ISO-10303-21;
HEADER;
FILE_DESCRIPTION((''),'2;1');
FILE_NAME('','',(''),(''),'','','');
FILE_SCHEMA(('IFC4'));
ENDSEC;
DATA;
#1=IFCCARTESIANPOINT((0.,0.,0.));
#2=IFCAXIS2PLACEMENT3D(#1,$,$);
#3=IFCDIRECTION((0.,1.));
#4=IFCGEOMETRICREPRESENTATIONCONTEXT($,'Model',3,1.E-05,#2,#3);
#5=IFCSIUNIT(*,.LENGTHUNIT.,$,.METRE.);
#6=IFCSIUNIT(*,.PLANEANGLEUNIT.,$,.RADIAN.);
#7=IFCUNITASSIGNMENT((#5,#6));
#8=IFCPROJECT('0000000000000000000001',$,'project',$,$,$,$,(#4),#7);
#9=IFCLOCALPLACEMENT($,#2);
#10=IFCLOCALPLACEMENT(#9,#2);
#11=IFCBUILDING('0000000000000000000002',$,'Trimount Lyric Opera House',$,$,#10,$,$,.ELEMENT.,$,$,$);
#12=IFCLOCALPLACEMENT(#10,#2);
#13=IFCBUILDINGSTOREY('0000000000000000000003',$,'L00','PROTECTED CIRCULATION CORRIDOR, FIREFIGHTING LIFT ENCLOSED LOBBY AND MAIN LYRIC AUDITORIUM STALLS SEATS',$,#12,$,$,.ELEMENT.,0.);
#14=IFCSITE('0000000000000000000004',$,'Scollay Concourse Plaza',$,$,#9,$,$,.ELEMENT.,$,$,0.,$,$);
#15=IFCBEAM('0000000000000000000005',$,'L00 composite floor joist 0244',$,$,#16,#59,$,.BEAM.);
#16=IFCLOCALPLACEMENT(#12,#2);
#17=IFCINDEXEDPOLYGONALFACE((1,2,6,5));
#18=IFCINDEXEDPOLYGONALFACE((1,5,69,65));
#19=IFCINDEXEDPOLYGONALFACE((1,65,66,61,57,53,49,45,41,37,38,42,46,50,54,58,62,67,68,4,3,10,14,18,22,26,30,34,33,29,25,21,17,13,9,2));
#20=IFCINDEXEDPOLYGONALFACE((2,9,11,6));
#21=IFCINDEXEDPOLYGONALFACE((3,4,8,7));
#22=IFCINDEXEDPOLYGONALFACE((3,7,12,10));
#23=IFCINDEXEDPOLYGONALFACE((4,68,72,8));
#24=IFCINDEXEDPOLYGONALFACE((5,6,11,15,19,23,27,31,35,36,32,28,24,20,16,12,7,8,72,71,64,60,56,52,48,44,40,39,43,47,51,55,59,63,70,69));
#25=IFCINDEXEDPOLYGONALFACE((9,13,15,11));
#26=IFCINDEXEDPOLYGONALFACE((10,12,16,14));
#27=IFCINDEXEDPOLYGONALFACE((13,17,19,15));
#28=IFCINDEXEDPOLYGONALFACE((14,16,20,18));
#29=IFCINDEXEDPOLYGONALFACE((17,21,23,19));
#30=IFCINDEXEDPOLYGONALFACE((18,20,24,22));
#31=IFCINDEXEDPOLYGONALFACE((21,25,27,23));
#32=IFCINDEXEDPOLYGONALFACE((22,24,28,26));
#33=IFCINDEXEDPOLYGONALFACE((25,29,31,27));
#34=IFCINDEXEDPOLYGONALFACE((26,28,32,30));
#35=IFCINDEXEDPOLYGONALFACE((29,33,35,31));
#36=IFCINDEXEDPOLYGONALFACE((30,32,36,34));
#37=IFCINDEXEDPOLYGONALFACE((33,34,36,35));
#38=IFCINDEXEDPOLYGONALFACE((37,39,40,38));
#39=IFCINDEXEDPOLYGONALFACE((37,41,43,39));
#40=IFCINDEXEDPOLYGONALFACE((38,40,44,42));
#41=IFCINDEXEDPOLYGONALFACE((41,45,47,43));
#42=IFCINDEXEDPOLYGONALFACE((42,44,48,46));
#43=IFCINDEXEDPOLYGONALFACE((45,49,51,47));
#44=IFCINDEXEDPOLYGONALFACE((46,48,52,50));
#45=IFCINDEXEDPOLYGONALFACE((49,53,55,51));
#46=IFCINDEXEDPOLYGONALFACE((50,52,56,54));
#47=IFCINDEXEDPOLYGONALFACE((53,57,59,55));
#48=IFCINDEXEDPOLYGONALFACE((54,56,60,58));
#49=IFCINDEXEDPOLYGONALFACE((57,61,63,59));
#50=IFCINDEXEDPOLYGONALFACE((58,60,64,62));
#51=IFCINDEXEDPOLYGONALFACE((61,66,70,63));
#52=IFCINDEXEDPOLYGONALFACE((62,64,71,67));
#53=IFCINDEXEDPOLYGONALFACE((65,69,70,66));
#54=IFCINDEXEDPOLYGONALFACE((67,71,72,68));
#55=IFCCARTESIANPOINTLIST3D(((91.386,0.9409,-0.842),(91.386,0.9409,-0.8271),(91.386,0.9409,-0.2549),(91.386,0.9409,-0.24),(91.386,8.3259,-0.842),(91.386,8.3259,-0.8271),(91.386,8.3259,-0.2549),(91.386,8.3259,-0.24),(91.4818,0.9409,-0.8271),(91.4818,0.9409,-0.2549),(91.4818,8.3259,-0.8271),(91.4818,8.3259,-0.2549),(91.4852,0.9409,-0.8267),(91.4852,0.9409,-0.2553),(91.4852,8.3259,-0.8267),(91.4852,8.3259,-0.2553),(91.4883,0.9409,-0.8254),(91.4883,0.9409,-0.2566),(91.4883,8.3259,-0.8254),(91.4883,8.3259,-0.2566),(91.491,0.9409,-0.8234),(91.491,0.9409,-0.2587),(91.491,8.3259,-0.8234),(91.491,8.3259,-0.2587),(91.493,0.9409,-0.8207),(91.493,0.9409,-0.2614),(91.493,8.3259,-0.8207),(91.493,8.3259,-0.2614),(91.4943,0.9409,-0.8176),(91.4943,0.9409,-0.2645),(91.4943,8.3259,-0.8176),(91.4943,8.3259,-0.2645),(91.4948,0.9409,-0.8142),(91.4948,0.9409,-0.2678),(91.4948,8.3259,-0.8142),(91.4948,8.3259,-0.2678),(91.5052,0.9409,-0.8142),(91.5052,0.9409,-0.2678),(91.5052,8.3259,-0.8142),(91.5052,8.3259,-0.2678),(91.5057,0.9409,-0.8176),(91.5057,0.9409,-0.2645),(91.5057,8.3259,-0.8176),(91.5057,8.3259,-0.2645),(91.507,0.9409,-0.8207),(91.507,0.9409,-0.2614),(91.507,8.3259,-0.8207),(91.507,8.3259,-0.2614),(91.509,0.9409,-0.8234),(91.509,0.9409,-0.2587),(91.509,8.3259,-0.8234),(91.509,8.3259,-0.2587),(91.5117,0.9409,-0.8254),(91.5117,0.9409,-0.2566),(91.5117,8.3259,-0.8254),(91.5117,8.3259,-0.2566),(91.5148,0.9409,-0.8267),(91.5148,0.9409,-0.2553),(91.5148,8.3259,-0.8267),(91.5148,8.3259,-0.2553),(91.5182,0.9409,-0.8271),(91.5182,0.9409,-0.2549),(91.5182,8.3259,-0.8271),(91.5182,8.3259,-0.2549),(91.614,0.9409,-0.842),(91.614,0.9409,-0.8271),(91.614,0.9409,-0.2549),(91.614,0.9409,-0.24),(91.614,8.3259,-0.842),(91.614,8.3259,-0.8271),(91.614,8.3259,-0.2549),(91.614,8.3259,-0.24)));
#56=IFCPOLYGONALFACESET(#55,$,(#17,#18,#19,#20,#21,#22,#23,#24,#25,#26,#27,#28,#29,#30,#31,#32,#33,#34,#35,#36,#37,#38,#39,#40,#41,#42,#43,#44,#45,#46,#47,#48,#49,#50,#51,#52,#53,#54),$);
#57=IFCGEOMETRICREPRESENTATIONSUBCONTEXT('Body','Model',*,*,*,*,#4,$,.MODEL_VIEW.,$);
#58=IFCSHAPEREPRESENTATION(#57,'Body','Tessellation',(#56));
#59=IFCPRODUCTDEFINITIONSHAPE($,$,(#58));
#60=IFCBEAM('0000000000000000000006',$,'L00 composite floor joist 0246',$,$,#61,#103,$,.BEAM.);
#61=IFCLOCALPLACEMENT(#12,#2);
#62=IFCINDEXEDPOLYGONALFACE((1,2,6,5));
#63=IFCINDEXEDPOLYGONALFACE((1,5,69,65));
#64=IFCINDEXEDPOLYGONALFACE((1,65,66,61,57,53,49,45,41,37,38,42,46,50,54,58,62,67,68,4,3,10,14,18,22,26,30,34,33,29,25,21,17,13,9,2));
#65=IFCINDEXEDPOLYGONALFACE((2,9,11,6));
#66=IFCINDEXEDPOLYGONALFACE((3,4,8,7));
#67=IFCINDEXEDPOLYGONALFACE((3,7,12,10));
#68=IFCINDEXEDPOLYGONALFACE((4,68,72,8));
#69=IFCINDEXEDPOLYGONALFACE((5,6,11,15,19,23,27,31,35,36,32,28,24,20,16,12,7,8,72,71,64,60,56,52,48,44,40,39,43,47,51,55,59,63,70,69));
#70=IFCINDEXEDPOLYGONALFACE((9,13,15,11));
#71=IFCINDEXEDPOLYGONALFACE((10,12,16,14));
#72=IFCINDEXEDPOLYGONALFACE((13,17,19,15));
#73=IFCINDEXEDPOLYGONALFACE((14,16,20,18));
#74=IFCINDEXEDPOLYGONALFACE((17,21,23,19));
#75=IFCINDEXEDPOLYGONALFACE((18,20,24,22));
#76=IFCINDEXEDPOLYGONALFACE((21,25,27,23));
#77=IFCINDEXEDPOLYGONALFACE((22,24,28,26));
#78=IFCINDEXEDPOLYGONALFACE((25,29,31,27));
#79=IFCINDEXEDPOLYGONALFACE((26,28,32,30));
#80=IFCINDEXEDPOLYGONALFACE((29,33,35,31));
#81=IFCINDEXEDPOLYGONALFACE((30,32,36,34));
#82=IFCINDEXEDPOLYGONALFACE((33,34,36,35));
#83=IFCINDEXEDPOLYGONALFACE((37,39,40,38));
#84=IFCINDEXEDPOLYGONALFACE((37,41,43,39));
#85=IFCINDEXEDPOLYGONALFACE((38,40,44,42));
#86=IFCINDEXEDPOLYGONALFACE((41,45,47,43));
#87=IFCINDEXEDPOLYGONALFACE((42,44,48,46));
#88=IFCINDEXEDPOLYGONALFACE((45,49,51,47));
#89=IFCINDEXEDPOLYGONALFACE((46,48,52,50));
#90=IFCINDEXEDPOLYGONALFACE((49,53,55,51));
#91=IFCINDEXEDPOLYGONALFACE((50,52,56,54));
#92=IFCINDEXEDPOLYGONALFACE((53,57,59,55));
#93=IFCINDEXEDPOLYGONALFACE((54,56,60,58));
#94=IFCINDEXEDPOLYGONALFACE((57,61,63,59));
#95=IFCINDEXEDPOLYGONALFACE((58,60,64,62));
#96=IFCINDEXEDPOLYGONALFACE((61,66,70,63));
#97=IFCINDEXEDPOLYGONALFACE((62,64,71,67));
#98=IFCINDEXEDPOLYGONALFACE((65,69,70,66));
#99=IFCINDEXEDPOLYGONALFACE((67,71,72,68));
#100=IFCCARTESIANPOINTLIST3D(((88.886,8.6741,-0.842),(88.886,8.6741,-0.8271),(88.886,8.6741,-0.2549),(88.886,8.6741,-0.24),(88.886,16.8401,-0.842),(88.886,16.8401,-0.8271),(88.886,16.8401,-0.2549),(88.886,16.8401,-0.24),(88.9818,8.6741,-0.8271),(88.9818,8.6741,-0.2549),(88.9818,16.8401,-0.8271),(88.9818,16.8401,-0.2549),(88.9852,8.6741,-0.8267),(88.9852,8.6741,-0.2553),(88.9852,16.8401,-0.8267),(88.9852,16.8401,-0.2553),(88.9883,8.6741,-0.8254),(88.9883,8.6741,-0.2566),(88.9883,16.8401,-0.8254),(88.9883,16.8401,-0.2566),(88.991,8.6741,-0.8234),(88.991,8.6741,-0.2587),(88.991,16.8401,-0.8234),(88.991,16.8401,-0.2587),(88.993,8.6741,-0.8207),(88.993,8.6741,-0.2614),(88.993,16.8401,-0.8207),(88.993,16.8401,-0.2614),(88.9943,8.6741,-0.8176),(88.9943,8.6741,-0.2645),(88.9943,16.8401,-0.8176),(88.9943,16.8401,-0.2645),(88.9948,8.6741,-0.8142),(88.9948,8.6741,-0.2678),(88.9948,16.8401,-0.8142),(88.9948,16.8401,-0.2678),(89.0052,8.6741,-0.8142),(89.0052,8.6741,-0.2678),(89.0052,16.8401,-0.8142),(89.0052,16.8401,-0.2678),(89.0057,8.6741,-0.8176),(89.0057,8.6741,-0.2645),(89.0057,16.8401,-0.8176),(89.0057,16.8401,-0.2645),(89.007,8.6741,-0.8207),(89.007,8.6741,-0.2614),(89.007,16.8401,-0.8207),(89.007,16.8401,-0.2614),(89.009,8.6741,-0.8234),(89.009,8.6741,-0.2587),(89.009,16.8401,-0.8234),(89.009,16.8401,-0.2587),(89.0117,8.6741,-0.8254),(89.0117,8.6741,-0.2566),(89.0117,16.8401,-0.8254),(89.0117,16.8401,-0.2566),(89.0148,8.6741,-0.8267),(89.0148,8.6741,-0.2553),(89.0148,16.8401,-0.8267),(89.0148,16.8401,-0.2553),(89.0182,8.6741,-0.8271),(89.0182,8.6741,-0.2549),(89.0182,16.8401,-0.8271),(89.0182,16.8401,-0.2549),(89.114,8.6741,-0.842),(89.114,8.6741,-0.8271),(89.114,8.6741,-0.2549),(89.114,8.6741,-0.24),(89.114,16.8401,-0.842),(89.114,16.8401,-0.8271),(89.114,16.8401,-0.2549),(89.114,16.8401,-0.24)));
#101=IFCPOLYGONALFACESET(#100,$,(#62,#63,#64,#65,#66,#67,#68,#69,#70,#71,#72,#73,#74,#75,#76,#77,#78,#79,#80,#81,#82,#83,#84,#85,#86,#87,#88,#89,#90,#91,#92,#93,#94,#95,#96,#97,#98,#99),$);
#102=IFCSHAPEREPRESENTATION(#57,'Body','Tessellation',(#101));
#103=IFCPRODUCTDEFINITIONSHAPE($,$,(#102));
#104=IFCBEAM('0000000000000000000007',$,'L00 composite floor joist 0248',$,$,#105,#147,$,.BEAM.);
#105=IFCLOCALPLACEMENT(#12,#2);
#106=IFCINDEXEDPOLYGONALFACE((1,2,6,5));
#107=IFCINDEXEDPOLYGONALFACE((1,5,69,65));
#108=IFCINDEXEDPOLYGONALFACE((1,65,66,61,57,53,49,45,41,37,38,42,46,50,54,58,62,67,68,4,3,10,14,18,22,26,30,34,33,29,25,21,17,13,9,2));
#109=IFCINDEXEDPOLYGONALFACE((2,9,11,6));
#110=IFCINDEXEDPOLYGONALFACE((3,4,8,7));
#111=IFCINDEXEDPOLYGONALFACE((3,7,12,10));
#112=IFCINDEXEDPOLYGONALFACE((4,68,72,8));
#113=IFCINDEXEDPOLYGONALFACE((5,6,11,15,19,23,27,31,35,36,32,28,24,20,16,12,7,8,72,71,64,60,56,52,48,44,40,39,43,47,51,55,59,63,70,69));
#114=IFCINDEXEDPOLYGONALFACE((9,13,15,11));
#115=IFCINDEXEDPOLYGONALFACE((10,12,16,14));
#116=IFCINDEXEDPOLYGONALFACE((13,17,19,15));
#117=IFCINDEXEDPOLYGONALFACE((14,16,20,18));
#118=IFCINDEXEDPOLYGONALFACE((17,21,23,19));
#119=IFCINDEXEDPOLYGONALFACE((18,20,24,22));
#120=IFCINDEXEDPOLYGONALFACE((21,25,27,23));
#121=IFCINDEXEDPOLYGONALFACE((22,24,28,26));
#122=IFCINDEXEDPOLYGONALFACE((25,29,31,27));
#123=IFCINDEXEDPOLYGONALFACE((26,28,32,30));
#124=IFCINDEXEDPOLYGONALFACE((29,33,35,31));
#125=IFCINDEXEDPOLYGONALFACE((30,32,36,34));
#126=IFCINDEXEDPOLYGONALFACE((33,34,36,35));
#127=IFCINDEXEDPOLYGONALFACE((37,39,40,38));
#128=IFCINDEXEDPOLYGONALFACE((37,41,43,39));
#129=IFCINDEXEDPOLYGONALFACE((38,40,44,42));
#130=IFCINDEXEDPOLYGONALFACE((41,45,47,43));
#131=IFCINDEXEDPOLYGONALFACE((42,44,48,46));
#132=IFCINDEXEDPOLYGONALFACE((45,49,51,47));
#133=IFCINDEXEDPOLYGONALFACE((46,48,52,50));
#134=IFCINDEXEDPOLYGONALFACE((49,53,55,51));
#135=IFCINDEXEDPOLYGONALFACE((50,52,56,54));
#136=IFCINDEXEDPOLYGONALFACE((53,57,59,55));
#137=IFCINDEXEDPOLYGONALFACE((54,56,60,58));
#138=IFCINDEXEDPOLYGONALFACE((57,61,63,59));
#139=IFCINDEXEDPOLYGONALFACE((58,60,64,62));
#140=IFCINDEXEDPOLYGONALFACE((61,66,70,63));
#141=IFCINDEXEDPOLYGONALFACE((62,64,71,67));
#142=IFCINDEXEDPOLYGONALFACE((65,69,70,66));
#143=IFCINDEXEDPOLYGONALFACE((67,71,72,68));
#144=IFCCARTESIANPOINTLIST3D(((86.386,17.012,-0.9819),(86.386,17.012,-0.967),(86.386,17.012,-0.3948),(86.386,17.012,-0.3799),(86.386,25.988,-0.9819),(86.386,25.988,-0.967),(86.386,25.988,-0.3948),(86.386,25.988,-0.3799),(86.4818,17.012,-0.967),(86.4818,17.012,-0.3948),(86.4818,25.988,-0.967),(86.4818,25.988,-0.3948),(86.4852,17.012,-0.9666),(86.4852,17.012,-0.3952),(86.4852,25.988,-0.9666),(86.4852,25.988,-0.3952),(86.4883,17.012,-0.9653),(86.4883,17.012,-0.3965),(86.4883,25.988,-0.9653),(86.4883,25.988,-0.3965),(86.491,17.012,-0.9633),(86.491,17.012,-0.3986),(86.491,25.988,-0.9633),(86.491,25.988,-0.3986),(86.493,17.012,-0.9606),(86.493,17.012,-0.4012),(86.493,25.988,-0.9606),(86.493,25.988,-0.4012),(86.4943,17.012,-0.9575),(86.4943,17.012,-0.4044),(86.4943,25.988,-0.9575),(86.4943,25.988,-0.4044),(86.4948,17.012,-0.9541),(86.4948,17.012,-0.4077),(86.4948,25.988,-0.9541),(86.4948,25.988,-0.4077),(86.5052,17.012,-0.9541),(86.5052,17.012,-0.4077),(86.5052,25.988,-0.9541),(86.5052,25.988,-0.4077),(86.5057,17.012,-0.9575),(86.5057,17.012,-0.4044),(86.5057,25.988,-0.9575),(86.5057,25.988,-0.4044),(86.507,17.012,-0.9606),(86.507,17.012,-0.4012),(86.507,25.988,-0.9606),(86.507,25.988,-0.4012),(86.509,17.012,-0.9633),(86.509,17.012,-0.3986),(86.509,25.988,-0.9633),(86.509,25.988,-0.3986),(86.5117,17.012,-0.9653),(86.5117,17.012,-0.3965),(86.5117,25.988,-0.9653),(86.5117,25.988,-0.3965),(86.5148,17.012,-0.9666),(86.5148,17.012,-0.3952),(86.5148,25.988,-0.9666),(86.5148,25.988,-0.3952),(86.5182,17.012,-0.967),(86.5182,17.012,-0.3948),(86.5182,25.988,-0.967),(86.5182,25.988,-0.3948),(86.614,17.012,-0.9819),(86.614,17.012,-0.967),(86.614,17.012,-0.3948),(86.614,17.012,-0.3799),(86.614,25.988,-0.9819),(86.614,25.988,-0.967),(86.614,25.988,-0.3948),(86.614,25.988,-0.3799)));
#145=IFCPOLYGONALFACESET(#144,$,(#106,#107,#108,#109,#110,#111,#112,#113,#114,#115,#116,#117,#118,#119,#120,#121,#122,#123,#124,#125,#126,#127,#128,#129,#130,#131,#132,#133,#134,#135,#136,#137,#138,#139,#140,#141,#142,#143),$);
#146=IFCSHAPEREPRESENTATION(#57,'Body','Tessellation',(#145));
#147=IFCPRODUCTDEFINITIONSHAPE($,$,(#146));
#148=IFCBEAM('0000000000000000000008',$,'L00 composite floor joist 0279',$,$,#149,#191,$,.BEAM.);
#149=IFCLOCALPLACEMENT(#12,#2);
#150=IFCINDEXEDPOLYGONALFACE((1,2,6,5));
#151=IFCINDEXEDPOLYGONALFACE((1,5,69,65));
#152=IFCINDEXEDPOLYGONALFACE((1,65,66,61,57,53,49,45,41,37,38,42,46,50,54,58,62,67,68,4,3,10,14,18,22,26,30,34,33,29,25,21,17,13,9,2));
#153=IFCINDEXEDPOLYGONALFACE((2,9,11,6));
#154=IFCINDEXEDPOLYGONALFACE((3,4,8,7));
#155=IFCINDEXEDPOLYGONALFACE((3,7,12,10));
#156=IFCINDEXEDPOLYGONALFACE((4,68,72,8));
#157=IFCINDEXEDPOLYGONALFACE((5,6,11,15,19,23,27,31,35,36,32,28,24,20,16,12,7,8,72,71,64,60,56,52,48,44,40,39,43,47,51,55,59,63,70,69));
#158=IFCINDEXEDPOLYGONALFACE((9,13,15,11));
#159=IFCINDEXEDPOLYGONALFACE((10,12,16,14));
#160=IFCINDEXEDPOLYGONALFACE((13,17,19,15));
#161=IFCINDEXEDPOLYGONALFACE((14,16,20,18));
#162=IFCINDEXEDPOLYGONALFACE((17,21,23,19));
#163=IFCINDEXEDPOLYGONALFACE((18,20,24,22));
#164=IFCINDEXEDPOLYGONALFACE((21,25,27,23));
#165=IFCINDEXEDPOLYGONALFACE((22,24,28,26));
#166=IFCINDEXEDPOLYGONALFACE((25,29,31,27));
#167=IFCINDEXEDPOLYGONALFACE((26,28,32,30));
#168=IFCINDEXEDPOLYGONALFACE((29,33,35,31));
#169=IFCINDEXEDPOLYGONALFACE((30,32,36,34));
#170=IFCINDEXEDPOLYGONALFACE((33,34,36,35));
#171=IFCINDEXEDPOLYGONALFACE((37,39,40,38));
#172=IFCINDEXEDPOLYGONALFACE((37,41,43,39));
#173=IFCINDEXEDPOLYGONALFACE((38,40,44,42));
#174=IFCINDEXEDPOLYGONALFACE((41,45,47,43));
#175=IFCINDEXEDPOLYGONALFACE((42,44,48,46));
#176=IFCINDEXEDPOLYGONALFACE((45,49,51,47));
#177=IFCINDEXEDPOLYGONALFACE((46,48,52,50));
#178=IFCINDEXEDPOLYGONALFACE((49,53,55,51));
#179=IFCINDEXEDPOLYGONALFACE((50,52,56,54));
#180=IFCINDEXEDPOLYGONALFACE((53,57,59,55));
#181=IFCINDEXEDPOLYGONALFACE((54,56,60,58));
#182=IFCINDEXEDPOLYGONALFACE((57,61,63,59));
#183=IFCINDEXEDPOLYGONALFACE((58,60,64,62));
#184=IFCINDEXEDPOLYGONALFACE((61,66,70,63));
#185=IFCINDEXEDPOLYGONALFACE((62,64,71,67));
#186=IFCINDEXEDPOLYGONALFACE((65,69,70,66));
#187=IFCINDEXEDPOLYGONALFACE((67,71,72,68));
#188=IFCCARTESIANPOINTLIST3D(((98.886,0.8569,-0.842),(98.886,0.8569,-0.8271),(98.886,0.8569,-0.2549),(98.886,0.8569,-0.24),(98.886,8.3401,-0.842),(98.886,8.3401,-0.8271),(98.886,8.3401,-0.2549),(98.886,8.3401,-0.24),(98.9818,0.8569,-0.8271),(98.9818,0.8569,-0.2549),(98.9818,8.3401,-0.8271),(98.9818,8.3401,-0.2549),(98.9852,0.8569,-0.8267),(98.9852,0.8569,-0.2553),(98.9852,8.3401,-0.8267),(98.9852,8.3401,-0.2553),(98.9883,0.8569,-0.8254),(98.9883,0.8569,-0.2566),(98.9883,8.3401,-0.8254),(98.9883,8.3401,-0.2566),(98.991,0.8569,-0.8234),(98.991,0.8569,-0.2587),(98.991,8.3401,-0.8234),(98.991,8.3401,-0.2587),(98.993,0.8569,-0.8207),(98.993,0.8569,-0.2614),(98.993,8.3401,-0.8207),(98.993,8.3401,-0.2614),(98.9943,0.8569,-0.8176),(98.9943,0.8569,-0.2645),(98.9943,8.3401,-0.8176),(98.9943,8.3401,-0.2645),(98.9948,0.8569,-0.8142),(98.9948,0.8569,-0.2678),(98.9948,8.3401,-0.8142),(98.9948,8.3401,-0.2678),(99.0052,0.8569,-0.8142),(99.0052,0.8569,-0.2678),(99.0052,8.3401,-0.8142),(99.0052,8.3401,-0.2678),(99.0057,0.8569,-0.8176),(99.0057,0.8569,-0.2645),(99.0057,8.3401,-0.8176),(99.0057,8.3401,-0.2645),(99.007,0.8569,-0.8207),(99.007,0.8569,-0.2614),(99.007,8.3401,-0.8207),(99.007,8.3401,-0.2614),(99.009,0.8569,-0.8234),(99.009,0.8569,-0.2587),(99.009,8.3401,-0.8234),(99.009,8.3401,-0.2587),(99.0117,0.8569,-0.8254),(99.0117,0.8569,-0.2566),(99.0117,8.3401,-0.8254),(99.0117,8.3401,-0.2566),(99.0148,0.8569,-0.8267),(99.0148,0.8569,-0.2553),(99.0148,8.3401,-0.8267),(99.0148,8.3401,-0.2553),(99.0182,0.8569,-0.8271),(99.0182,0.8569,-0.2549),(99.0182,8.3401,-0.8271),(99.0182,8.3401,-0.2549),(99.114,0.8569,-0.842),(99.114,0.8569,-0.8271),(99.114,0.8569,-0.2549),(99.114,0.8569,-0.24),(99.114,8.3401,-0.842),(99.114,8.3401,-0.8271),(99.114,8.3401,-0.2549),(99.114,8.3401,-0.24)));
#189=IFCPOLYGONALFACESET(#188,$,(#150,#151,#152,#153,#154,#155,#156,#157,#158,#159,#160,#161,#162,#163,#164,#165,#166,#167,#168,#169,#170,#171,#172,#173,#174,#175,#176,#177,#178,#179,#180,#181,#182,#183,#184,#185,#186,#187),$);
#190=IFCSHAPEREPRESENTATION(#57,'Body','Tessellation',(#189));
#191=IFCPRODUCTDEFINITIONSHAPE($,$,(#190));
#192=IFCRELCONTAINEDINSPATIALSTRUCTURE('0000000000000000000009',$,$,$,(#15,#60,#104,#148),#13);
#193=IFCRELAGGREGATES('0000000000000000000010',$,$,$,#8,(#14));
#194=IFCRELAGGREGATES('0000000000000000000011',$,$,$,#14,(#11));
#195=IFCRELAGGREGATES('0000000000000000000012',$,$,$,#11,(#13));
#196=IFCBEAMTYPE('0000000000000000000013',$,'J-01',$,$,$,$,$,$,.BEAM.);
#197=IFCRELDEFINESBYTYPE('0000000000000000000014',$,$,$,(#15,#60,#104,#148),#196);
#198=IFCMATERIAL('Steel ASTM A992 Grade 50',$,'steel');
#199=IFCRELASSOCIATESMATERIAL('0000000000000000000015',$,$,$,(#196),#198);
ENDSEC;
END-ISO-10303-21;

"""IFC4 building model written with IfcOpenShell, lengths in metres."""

from ifc_helpers import new_model, si_unit, direction, frame, origin, origin_2d, place, context, subcontext, project, spatial, i_section, extrude, material, material_profile, profile_set, type_object, element, save


model = new_model("IFC4")

# Units and contexts
model_context = context("Model", 3, precision=1e-05, world=origin(), true_north=direction((0.0, 1.0)))
body_context = subcontext(model_context, "Body", "Model", "MODEL_VIEW")
ifc_project = project(units=[si_unit("LENGTHUNIT", "METRE"), si_unit("PLANEANGLEUNIT", "RADIAN")], contexts=[model_context])

# Site, building, storey
site_placement = place(None, origin())
site = spatial("IfcSite", under=ifc_project, at=site_placement, Name="Scollay Concourse Plaza", CompositionType="ELEMENT", RefElevation=0.0)
building_placement = place(site_placement, origin())
building = spatial("IfcBuilding", under=site, at=building_placement, Name="Trimount Lyric Opera House", CompositionType="ELEMENT")
storey_placement = place(building_placement, origin())
storey = spatial("IfcBuildingStorey", under=building, at=storey_placement, Name="L00", Description="PROTECTED CIRCULATION CORRIDOR, FIREFIGHTING LIFT ENCLOSED LOBBY AND MAIN LYRIC AUDITORIUM STALLS SEATS", CompositionType="ELEMENT", Elevation=0.0)

# Beams
ifc_material_1 = material(Name="Steel ASTM A992 Grade 50", Category="steel")
ifc_material_profile_1 = material_profile(ifc_material_1, i_section(OverallWidth=0.228, OverallDepth=0.6021, WebThickness=0.0105, FlangeThickness=0.0149, FilletRadius=0.0129, at=origin_2d()), Name="W24X68")
ifc_profile_set_1 = profile_set([ifc_material_profile_1], Name="Steel ASTM A992 Grade 50")
beam_type_1 = type_object("IfcBeamType", Name="J-01", PredefinedType="BEAM", material=ifc_profile_set_1)
beam_1_placement = place(storey_placement, frame((91.5, 0.9409, -0.541), z_axis=(0.0, 1.0, 0.0), x_axis=(-1.0, 0.0, 0.0)))
element("IfcBeam", 1, at=beam_1_placement, inside=storey, type_object=beam_type_1, Name="L00 composite floor joist 0244", PredefinedType="BEAM", context=body_context, shape_type="SweptSolid", body=[
    extrude(i_section(OverallWidth=0.228, OverallDepth=0.6021, WebThickness=0.0105, FlangeThickness=0.0149, FilletRadius=0.0129, at=origin_2d()), origin(), (0.0, 0.0, 1.0), 7.385),
])
beam_2_placement = place(storey_placement, frame((89.0, 8.6741, -0.541), z_axis=(0.0, 1.0, 0.0), x_axis=(-1.0, 0.0, 0.0)))
element("IfcBeam", 2, at=beam_2_placement, inside=storey, type_object=beam_type_1, Name="L00 composite floor joist 0246", PredefinedType="BEAM", context=body_context, shape_type="SweptSolid", body=[
    extrude(i_section(OverallWidth=0.228, OverallDepth=0.6021, WebThickness=0.0105, FlangeThickness=0.0149, FilletRadius=0.0129, at=origin_2d()), origin(), (0.0, 0.0, 1.0), 8.166),
])
beam_3_placement = place(storey_placement, frame((86.5, 17.012, -0.6809), z_axis=(0.0, 1.0, 0.0), x_axis=(-1.0, 0.0, 0.0)))
element("IfcBeam", 3, at=beam_3_placement, inside=storey, type_object=beam_type_1, Name="L00 composite floor joist 0248", PredefinedType="BEAM", context=body_context, shape_type="SweptSolid", body=[
    extrude(i_section(OverallWidth=0.228, OverallDepth=0.6021, WebThickness=0.0105, FlangeThickness=0.0149, FilletRadius=0.0129, at=origin_2d()), origin(), (0.0, 0.0, 1.0), 8.9761),
])
beam_4_placement = place(storey_placement, frame((99.0, 0.8569, -0.541), z_axis=(0.0, 1.0, 0.0), x_axis=(-1.0, 0.0, 0.0)))
element("IfcBeam", 4, at=beam_4_placement, inside=storey, type_object=beam_type_1, Name="L00 composite floor joist 0279", PredefinedType="BEAM", context=body_context, shape_type="SweptSolid", body=[
    extrude(i_section(OverallWidth=0.228, OverallDepth=0.6021, WebThickness=0.0105, FlangeThickness=0.0149, FilletRadius=0.0129, at=origin_2d()), origin(), (0.0, 0.0, 1.0), 7.4832),
])

save(model, "model.ifc")
